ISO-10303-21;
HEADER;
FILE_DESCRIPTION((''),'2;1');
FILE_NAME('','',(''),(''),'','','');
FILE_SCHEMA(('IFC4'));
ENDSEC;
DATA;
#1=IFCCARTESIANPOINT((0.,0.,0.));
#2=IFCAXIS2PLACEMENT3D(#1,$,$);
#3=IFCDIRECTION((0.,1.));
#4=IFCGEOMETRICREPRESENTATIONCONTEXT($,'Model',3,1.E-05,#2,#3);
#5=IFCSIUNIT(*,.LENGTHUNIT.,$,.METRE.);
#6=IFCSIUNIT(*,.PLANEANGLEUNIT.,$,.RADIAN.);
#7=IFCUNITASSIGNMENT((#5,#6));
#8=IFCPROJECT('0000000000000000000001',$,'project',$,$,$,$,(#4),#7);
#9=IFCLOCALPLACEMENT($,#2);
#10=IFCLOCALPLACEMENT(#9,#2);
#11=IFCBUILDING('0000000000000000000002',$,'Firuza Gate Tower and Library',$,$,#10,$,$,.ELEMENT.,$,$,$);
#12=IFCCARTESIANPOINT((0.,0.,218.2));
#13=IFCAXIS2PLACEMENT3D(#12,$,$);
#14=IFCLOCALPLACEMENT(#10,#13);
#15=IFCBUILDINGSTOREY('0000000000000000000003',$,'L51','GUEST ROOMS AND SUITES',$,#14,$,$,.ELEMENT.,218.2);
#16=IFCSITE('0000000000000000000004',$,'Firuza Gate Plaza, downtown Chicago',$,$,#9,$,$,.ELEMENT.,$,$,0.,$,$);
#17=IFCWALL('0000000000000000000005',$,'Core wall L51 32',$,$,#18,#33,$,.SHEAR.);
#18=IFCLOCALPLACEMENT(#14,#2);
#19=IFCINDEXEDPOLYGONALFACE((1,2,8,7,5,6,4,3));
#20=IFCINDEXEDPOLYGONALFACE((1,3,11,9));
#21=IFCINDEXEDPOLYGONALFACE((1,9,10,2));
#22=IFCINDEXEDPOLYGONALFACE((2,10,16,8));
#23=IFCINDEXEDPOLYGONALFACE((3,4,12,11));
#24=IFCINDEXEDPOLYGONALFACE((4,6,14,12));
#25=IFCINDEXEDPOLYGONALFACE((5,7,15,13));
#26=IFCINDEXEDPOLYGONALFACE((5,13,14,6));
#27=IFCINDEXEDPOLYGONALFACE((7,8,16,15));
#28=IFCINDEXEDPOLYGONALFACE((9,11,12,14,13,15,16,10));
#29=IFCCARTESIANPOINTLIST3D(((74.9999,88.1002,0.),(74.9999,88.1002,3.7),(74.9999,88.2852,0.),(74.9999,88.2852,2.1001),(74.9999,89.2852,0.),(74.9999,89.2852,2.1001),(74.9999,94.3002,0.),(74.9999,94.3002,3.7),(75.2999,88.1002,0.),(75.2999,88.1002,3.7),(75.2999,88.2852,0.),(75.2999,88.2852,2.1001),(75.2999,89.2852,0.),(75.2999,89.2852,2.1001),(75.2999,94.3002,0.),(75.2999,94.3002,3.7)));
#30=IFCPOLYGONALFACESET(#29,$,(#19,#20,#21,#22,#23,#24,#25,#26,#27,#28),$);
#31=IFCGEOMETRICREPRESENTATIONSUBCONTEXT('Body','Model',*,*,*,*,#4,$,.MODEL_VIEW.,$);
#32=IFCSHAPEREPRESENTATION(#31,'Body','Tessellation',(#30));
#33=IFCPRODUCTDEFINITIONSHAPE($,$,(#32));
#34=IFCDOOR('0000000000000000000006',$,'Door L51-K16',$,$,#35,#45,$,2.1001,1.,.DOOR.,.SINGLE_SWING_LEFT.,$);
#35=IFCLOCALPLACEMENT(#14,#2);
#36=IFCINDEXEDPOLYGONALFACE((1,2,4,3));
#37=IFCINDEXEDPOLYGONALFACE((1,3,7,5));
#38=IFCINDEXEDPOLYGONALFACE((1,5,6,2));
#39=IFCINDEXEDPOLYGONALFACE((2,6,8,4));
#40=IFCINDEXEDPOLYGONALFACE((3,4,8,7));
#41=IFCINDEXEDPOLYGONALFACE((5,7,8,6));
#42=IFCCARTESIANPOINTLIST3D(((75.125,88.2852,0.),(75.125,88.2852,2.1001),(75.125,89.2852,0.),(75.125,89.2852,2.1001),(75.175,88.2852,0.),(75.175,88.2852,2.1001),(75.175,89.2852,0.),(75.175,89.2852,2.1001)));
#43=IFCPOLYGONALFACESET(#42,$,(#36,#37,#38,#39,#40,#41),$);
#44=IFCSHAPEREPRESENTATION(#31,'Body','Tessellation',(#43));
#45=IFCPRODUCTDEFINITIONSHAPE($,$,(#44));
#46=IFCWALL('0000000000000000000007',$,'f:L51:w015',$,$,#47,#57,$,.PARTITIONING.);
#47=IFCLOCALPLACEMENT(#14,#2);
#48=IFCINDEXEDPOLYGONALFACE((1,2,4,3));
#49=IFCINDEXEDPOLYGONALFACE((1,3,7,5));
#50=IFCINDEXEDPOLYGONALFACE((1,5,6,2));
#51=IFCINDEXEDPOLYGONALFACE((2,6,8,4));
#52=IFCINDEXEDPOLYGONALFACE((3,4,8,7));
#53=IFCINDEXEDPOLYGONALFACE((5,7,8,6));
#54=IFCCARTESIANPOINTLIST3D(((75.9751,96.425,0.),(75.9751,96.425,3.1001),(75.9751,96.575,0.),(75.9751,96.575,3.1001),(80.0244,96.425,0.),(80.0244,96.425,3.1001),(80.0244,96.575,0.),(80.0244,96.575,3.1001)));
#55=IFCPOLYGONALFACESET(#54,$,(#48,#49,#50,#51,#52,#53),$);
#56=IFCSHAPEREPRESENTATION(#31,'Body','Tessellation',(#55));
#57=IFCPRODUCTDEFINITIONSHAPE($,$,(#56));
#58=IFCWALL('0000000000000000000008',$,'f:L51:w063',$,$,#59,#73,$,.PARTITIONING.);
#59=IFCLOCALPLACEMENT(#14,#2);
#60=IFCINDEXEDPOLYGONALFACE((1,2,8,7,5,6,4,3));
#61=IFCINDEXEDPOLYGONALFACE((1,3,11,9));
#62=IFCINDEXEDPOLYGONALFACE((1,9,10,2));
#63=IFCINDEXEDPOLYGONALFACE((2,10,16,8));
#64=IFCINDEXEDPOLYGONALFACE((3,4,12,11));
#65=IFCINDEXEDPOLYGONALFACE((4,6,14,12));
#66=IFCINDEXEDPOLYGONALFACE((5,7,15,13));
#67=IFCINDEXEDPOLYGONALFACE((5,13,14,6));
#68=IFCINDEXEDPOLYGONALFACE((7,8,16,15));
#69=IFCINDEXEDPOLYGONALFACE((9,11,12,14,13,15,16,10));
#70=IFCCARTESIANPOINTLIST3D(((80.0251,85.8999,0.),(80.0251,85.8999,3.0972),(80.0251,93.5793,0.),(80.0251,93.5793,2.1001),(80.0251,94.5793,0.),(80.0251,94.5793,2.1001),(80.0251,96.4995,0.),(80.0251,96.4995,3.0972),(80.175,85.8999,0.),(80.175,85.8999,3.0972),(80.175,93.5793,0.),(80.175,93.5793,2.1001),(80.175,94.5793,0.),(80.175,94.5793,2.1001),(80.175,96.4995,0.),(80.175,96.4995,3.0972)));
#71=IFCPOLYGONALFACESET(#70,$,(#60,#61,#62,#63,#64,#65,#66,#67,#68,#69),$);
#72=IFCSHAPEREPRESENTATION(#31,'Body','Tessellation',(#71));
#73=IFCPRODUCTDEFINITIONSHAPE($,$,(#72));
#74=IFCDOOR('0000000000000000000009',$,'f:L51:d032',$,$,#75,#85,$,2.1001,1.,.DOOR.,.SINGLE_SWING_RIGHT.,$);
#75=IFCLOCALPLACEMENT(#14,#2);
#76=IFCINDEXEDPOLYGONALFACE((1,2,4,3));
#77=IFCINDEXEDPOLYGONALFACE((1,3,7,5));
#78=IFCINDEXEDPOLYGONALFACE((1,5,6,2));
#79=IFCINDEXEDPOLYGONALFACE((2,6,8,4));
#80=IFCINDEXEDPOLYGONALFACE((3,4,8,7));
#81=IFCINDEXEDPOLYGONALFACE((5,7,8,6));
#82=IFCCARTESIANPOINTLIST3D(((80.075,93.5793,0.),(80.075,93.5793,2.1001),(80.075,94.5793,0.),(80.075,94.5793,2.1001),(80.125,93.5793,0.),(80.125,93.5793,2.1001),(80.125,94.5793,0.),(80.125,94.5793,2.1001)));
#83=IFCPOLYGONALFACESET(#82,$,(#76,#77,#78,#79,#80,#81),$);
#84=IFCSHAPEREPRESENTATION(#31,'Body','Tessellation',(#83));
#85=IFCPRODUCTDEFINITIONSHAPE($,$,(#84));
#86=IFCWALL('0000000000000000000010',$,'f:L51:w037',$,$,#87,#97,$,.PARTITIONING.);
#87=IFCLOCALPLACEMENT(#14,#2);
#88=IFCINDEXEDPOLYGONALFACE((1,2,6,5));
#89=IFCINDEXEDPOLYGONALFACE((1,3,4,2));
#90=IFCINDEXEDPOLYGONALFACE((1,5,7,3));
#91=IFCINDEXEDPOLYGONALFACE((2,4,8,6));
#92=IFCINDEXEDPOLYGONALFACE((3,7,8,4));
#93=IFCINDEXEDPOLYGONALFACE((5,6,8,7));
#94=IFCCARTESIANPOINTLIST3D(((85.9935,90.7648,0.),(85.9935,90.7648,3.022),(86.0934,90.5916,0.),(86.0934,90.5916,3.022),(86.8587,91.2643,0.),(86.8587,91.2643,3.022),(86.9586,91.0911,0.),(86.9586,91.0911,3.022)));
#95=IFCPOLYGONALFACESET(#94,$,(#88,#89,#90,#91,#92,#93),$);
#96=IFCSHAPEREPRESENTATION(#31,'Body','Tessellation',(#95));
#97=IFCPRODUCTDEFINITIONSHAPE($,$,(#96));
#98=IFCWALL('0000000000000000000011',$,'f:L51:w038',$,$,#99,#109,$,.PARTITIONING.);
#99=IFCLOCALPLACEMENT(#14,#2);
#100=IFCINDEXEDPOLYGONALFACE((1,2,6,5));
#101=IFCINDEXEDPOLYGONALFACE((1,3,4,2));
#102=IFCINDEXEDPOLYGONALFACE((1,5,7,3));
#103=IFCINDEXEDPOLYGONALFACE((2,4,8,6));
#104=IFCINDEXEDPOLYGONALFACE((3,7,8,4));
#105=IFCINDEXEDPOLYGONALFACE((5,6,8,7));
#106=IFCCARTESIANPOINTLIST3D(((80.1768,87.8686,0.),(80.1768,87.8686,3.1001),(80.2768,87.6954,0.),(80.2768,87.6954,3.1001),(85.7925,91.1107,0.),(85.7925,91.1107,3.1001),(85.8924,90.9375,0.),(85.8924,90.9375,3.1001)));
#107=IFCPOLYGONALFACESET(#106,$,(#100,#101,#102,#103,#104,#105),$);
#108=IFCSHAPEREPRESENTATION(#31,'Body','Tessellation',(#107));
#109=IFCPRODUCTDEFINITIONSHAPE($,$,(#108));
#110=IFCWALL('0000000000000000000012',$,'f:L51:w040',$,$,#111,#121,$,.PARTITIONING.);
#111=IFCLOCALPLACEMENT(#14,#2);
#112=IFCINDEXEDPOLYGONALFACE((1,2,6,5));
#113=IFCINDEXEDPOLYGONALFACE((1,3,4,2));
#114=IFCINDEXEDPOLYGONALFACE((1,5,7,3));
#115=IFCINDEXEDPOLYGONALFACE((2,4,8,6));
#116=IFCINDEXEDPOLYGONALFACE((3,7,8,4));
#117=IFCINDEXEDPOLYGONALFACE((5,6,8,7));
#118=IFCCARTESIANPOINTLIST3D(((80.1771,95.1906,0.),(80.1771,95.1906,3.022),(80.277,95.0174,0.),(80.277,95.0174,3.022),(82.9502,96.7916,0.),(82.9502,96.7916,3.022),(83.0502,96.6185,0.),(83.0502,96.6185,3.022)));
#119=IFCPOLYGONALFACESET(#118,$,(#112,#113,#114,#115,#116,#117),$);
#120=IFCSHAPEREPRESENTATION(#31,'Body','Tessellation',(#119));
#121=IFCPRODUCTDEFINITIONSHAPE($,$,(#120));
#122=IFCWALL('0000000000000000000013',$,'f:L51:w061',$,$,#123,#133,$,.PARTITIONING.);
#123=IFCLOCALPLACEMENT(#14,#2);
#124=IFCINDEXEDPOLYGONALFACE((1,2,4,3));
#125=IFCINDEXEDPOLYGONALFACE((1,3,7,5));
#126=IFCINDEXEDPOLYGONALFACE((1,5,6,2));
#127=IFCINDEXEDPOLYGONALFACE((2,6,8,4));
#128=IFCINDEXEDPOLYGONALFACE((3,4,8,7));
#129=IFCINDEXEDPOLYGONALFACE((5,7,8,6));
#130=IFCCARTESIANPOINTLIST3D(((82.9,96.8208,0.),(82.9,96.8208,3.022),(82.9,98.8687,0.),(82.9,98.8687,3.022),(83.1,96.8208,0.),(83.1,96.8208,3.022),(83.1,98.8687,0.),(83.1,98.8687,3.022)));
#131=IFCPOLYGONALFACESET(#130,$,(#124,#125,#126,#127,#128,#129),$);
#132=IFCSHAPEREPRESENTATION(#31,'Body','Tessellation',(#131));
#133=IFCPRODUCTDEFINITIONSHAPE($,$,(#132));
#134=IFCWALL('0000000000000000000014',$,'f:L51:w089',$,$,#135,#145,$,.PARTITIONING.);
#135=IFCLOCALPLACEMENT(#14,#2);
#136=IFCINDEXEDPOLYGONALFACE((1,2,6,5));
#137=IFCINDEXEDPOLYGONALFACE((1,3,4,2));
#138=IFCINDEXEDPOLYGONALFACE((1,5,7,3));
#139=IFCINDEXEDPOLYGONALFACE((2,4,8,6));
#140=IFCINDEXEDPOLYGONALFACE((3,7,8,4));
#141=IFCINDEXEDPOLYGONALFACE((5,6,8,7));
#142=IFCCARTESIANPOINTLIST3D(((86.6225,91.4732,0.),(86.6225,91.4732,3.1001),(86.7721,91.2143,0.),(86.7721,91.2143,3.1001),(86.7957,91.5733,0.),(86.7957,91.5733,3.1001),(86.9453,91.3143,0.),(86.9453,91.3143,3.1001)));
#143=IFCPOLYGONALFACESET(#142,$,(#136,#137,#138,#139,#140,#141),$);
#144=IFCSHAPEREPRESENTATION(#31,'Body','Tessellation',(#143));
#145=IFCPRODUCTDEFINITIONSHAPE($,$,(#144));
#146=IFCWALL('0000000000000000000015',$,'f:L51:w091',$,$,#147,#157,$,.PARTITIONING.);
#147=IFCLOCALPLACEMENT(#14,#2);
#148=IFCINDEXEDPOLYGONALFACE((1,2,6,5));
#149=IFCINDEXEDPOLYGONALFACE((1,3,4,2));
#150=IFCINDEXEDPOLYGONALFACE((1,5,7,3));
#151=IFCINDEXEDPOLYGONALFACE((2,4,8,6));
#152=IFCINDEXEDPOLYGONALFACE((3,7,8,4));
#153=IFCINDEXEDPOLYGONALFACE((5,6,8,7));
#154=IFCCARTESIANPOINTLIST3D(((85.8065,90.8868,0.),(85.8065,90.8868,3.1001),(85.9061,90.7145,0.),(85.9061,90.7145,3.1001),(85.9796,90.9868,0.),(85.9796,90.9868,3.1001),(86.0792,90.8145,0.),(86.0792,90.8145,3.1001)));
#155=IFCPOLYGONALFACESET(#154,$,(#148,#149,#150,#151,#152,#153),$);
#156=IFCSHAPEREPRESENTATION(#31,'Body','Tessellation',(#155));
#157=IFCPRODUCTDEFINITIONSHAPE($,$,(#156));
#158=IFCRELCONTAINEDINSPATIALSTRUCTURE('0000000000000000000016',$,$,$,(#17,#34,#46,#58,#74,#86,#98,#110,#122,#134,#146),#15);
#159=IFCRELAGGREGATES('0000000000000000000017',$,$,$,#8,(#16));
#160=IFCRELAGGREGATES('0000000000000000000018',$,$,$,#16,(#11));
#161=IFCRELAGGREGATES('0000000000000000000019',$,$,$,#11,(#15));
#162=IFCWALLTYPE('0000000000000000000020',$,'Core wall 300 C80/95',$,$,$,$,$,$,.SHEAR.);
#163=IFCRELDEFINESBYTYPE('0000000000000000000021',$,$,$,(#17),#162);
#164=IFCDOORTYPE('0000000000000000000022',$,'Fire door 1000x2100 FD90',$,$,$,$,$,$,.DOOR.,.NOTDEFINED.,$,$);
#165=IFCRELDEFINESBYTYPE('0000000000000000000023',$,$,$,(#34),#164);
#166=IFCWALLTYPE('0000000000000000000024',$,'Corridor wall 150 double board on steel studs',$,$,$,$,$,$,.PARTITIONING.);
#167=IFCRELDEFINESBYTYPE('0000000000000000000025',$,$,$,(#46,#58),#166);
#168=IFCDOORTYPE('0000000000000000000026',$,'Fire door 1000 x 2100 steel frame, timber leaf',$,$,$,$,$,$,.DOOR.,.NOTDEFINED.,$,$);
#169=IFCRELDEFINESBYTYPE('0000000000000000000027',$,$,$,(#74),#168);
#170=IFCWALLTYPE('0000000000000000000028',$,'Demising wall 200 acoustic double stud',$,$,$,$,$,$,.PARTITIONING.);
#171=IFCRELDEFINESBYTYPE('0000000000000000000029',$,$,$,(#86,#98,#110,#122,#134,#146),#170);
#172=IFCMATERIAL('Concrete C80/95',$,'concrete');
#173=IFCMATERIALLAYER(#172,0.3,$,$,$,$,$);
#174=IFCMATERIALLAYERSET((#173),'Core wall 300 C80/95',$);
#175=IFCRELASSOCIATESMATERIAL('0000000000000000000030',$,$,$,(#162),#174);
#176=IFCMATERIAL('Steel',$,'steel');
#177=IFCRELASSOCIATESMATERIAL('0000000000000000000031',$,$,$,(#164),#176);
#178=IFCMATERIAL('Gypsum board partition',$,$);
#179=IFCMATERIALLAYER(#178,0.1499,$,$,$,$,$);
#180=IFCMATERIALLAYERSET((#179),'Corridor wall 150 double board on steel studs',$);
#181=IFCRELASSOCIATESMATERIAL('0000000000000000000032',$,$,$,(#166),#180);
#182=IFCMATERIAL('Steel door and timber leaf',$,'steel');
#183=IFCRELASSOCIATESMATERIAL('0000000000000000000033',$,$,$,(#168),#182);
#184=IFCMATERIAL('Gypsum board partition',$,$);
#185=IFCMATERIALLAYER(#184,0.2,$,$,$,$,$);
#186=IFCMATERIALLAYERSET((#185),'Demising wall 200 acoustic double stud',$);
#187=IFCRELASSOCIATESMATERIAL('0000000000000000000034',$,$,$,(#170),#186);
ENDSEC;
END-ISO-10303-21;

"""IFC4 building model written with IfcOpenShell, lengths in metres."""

from ifc_helpers import new_model, si_unit, direction, frame, frame_2d, origin, place, context, subcontext, project, spatial, rectangle, extrude, material, layer, layer_set, type_object, element, fill, save


model = new_model("IFC4")

# Units and contexts
model_context = context("Model", 3, precision=1e-05, world=origin(), true_north=direction((0.0, 1.0)))
body_context = subcontext(model_context, "Body", "Model", "MODEL_VIEW")
ifc_project = project(units=[si_unit("LENGTHUNIT", "METRE"), si_unit("PLANEANGLEUNIT", "RADIAN")], contexts=[model_context])

# Site, building, storey
site_placement = place(None, origin())
site = spatial("IfcSite", under=ifc_project, at=site_placement, Name="Firuza Gate Plaza, downtown Chicago", CompositionType="ELEMENT", RefElevation=0.0)
building_placement = place(site_placement, origin())
building = spatial("IfcBuilding", under=site, at=building_placement, Name="Firuza Gate Tower and Library", CompositionType="ELEMENT")
storey_placement = place(building_placement, frame((0.0, 0.0, 218.2)))
storey = spatial("IfcBuildingStorey", under=building, at=storey_placement, Name="L51", Description="GUEST ROOMS AND SUITES", CompositionType="ELEMENT", Elevation=218.2)

# Shared definitions
ifc_material_1 = material(Name="Concrete C80/95", Category="concrete")
ifc_layer_1 = layer(ifc_material_1, 0.3)
ifc_layer_set_1 = layer_set([ifc_layer_1], Name="Core wall 300 C80/95")
wall_type_1 = type_object("IfcWallType", Name="Core wall 300 C80/95", PredefinedType="SHEAR", material=ifc_layer_set_1)

# Wall, opening, door
wall_1_placement = place(storey_placement, frame((75.1499, 88.1001, 0.0), z_axis=(0.0, 0.0, 1.0), x_axis=(0.0, 1.0, 0.0)))
wall_1 = element("IfcWall", 1, at=wall_1_placement, inside=storey, type_object=wall_type_1, Name="Core wall L51 32", PredefinedType="SHEAR", context=body_context, shape_type="SweptSolid", body=[
    extrude(rectangle(XDim=6.2, YDim=0.3, at=frame_2d((3.1001, 0.0))), origin(), (0.0, 0.0, 1.0), 3.7),
])
opening_1_placement = place(wall_1_placement, frame((0.1851, 0.0, 0.0)))
opening_1 = element("IfcOpeningElement", 2, at=opening_1_placement, cuts=wall_1, PredefinedType="OPENING", context=body_context, shape_type="SweptSolid", body=[
    extrude(rectangle(XDim=1.0, YDim=2.1001, at=frame_2d((0.5, 1.05))), frame((0.0, 0.1602, 0.0), z_axis=(0.0, -1.0, 0.0), x_axis=(1.0, 0.0, 0.0)), (0.0, 0.0, 1.0), 0.3201),
])
ifc_material_2 = material(Name="Steel", Category="steel")
door_type_1 = type_object("IfcDoorType", Name="Fire door 1000x2100 FD90", OperationType="NOTDEFINED", PredefinedType="DOOR", material=ifc_material_2)
door_1_placement = place(opening_1_placement, origin())
door_1 = element("IfcDoor", 3, at=door_1_placement, inside=storey, type_object=door_type_1, Name="Door L51-K16", OperationType="SINGLE_SWING_LEFT", OverallHeight=2.1001, OverallWidth=1.0, PredefinedType="DOOR", context=body_context, shape_type="SweptSolid", body=[
    extrude(rectangle(XDim=1.0, YDim=2.1001, at=frame_2d((0.5, 1.05))), frame((0.0, 0.0249, 0.0), z_axis=(0.0, -1.0, 0.0), x_axis=(1.0, 0.0, 0.0)), (0.0, 0.0, 1.0), 0.05),
])
fill(opening_1, door_1)

# Wall
ifc_material_3 = material(Name="Gypsum board partition")
ifc_layer_2 = layer(ifc_material_3, 0.1499)
ifc_layer_set_2 = layer_set([ifc_layer_2], Name="Corridor wall 150 double board on steel studs")
wall_type_2 = type_object("IfcWallType", Name="Corridor wall 150 double board on steel studs", PredefinedType="PARTITIONING", material=ifc_layer_set_2)
wall_2_placement = place(storey_placement, frame((75.9751, 96.5, 0.0), z_axis=(0.0, 0.0, 1.0), x_axis=(1.0, 0.0, 0.0)))
element("IfcWall", 4, at=wall_2_placement, inside=storey, type_object=wall_type_2, Name="f:L51:w015", PredefinedType="PARTITIONING", context=body_context, shape_type="SweptSolid", body=[
    extrude(rectangle(XDim=4.0493, YDim=0.1499, at=frame_2d((2.0247, 0.0))), origin(), (0.0, 0.0, 1.0), 3.1001),
])

# Wall, opening, door
wall_3_placement = place(storey_placement, frame((80.1001, 96.4995, 0.0), z_axis=(0.0, 0.0, 1.0), x_axis=(0.0, -1.0, 0.0)))
wall_3 = element("IfcWall", 5, at=wall_3_placement, inside=storey, type_object=wall_type_2, Name="f:L51:w063", PredefinedType="PARTITIONING", context=body_context, shape_type="SweptSolid", body=[
    extrude(rectangle(XDim=10.5996, YDim=0.1499, at=frame_2d((5.2998, 0.0))), origin(), (0.0, 0.0, 1.0), 3.0972),
])
opening_2_placement = place(wall_3_placement, frame((1.9202, 0.0, 0.0)))
opening_2 = element("IfcOpeningElement", 6, at=opening_2_placement, cuts=wall_3, PredefinedType="OPENING", context=body_context, shape_type="SweptSolid", body=[
    extrude(rectangle(XDim=1.0, YDim=2.1001, at=frame_2d((0.5, 1.05))), frame((0.0, 0.085, 0.0), z_axis=(0.0, -1.0, 0.0), x_axis=(1.0, 0.0, 0.0)), (0.0, 0.0, 1.0), 0.1699),
])
ifc_material_4 = material(Name="Steel door and timber leaf", Category="steel")
door_type_2 = type_object("IfcDoorType", Name="Fire door 1000 x 2100 steel frame, timber leaf", OperationType="NOTDEFINED", PredefinedType="DOOR", material=ifc_material_4)
door_2_placement = place(opening_2_placement, origin())
door_2 = element("IfcDoor", 7, at=door_2_placement, inside=storey, type_object=door_type_2, Name="f:L51:d032", OperationType="SINGLE_SWING_RIGHT", OverallHeight=2.1001, OverallWidth=1.0, PredefinedType="DOOR", context=body_context, shape_type="SweptSolid", body=[
    extrude(rectangle(XDim=1.0, YDim=2.1001, at=frame_2d((0.5, 1.05))), frame((0.0, 0.0249, 0.0), z_axis=(0.0, -1.0, 0.0), x_axis=(1.0, 0.0, 0.0)), (0.0, 0.0, 1.0), 0.05),
])
fill(opening_2, door_2)

# Walls
ifc_material_5 = material(Name="Gypsum board partition")
ifc_layer_3 = layer(ifc_material_5, 0.2)
ifc_layer_set_3 = layer_set([ifc_layer_3], Name="Demising wall 200 acoustic double stud")
wall_type_3 = type_object("IfcWallType", Name="Demising wall 200 acoustic double stud", PredefinedType="PARTITIONING", material=ifc_layer_set_3)
wall_4_placement = place(storey_placement, frame((86.0435, 90.6782, 0.0), z_axis=(0.0, 0.0, 1.0), x_axis=(0.866039, 0.499976, 0.0)))
element("IfcWall", 8, at=wall_4_placement, inside=storey, type_object=wall_type_3, Name="f:L51:w037", PredefinedType="PARTITIONING", context=body_context, shape_type="SweptSolid", body=[
    extrude(rectangle(XDim=0.999, YDim=0.2, at=frame_2d((0.4995, 0.0))), origin(), (0.0, 0.0, 1.0), 3.022),
])
wall_5_placement = place(storey_placement, frame((80.2268, 87.782, 0.0), z_axis=(0.0, 0.0, 1.0), x_axis=(0.866029, 0.499994, 0.0)))
element("IfcWall", 9, at=wall_5_placement, inside=storey, type_object=wall_type_3, Name="f:L51:w038", PredefinedType="PARTITIONING", context=body_context, shape_type="SweptSolid", body=[
    extrude(rectangle(XDim=6.4844, YDim=0.2, at=frame_2d((3.2422, 0.0))), origin(), (0.0, 0.0, 1.0), 3.1001),
])
wall_6_placement = place(storey_placement, frame((80.2271, 95.104, 0.0), z_axis=(0.0, 0.0, 1.0), x_axis=(0.866029, 0.499993, 0.0)))
element("IfcWall", 10, at=wall_6_placement, inside=storey, type_object=wall_type_3, Name="f:L51:w040", PredefinedType="PARTITIONING", context=body_context, shape_type="SweptSolid", body=[
    extrude(rectangle(XDim=3.2021, YDim=0.2, at=frame_2d((1.6011, 0.0))), origin(), (0.0, 0.0, 1.0), 3.022),
])
wall_7_placement = place(storey_placement, frame((83.0, 96.8208, 0.0), z_axis=(0.0, 0.0, 1.0), x_axis=(0.0, 1.0, 0.0)))
element("IfcWall", 11, at=wall_7_placement, inside=storey, type_object=wall_type_3, Name="f:L51:w061", PredefinedType="PARTITIONING", context=body_context, shape_type="SweptSolid", body=[
    extrude(rectangle(XDim=2.0479, YDim=0.2, at=frame_2d((1.0239, 0.0))), origin(), (0.0, 0.0, 1.0), 3.022),
])
wall_8_placement = place(storey_placement, frame((86.8586, 91.2644, 0.0), z_axis=(0.0, 0.0, 1.0), x_axis=(-0.500264, 0.865873, 0.0)))
element("IfcWall", 12, at=wall_8_placement, inside=storey, type_object=wall_type_3, Name="f:L51:w089", PredefinedType="PARTITIONING", context=body_context, shape_type="SweptSolid", body=[
    extrude(rectangle(XDim=0.2991, YDim=0.2, at=frame_2d((0.1494, 0.0))), origin(), (0.0, 0.0, 1.0), 3.1001),
])
wall_9_placement = place(storey_placement, frame((85.9927, 90.7644, 0.0), z_axis=(0.0, 0.0, 1.0), x_axis=(-0.500359, 0.865818, 0.0)))
element("IfcWall", 13, at=wall_9_placement, inside=storey, type_object=wall_type_3, Name="f:L51:w091", PredefinedType="PARTITIONING", context=body_context, shape_type="SweptSolid", body=[
    extrude(rectangle(XDim=0.199, YDim=0.2, at=frame_2d((0.0996, 0.0))), origin(), (0.0, 0.0, 1.0), 3.1001),
])

save(model, "model.ifc")
